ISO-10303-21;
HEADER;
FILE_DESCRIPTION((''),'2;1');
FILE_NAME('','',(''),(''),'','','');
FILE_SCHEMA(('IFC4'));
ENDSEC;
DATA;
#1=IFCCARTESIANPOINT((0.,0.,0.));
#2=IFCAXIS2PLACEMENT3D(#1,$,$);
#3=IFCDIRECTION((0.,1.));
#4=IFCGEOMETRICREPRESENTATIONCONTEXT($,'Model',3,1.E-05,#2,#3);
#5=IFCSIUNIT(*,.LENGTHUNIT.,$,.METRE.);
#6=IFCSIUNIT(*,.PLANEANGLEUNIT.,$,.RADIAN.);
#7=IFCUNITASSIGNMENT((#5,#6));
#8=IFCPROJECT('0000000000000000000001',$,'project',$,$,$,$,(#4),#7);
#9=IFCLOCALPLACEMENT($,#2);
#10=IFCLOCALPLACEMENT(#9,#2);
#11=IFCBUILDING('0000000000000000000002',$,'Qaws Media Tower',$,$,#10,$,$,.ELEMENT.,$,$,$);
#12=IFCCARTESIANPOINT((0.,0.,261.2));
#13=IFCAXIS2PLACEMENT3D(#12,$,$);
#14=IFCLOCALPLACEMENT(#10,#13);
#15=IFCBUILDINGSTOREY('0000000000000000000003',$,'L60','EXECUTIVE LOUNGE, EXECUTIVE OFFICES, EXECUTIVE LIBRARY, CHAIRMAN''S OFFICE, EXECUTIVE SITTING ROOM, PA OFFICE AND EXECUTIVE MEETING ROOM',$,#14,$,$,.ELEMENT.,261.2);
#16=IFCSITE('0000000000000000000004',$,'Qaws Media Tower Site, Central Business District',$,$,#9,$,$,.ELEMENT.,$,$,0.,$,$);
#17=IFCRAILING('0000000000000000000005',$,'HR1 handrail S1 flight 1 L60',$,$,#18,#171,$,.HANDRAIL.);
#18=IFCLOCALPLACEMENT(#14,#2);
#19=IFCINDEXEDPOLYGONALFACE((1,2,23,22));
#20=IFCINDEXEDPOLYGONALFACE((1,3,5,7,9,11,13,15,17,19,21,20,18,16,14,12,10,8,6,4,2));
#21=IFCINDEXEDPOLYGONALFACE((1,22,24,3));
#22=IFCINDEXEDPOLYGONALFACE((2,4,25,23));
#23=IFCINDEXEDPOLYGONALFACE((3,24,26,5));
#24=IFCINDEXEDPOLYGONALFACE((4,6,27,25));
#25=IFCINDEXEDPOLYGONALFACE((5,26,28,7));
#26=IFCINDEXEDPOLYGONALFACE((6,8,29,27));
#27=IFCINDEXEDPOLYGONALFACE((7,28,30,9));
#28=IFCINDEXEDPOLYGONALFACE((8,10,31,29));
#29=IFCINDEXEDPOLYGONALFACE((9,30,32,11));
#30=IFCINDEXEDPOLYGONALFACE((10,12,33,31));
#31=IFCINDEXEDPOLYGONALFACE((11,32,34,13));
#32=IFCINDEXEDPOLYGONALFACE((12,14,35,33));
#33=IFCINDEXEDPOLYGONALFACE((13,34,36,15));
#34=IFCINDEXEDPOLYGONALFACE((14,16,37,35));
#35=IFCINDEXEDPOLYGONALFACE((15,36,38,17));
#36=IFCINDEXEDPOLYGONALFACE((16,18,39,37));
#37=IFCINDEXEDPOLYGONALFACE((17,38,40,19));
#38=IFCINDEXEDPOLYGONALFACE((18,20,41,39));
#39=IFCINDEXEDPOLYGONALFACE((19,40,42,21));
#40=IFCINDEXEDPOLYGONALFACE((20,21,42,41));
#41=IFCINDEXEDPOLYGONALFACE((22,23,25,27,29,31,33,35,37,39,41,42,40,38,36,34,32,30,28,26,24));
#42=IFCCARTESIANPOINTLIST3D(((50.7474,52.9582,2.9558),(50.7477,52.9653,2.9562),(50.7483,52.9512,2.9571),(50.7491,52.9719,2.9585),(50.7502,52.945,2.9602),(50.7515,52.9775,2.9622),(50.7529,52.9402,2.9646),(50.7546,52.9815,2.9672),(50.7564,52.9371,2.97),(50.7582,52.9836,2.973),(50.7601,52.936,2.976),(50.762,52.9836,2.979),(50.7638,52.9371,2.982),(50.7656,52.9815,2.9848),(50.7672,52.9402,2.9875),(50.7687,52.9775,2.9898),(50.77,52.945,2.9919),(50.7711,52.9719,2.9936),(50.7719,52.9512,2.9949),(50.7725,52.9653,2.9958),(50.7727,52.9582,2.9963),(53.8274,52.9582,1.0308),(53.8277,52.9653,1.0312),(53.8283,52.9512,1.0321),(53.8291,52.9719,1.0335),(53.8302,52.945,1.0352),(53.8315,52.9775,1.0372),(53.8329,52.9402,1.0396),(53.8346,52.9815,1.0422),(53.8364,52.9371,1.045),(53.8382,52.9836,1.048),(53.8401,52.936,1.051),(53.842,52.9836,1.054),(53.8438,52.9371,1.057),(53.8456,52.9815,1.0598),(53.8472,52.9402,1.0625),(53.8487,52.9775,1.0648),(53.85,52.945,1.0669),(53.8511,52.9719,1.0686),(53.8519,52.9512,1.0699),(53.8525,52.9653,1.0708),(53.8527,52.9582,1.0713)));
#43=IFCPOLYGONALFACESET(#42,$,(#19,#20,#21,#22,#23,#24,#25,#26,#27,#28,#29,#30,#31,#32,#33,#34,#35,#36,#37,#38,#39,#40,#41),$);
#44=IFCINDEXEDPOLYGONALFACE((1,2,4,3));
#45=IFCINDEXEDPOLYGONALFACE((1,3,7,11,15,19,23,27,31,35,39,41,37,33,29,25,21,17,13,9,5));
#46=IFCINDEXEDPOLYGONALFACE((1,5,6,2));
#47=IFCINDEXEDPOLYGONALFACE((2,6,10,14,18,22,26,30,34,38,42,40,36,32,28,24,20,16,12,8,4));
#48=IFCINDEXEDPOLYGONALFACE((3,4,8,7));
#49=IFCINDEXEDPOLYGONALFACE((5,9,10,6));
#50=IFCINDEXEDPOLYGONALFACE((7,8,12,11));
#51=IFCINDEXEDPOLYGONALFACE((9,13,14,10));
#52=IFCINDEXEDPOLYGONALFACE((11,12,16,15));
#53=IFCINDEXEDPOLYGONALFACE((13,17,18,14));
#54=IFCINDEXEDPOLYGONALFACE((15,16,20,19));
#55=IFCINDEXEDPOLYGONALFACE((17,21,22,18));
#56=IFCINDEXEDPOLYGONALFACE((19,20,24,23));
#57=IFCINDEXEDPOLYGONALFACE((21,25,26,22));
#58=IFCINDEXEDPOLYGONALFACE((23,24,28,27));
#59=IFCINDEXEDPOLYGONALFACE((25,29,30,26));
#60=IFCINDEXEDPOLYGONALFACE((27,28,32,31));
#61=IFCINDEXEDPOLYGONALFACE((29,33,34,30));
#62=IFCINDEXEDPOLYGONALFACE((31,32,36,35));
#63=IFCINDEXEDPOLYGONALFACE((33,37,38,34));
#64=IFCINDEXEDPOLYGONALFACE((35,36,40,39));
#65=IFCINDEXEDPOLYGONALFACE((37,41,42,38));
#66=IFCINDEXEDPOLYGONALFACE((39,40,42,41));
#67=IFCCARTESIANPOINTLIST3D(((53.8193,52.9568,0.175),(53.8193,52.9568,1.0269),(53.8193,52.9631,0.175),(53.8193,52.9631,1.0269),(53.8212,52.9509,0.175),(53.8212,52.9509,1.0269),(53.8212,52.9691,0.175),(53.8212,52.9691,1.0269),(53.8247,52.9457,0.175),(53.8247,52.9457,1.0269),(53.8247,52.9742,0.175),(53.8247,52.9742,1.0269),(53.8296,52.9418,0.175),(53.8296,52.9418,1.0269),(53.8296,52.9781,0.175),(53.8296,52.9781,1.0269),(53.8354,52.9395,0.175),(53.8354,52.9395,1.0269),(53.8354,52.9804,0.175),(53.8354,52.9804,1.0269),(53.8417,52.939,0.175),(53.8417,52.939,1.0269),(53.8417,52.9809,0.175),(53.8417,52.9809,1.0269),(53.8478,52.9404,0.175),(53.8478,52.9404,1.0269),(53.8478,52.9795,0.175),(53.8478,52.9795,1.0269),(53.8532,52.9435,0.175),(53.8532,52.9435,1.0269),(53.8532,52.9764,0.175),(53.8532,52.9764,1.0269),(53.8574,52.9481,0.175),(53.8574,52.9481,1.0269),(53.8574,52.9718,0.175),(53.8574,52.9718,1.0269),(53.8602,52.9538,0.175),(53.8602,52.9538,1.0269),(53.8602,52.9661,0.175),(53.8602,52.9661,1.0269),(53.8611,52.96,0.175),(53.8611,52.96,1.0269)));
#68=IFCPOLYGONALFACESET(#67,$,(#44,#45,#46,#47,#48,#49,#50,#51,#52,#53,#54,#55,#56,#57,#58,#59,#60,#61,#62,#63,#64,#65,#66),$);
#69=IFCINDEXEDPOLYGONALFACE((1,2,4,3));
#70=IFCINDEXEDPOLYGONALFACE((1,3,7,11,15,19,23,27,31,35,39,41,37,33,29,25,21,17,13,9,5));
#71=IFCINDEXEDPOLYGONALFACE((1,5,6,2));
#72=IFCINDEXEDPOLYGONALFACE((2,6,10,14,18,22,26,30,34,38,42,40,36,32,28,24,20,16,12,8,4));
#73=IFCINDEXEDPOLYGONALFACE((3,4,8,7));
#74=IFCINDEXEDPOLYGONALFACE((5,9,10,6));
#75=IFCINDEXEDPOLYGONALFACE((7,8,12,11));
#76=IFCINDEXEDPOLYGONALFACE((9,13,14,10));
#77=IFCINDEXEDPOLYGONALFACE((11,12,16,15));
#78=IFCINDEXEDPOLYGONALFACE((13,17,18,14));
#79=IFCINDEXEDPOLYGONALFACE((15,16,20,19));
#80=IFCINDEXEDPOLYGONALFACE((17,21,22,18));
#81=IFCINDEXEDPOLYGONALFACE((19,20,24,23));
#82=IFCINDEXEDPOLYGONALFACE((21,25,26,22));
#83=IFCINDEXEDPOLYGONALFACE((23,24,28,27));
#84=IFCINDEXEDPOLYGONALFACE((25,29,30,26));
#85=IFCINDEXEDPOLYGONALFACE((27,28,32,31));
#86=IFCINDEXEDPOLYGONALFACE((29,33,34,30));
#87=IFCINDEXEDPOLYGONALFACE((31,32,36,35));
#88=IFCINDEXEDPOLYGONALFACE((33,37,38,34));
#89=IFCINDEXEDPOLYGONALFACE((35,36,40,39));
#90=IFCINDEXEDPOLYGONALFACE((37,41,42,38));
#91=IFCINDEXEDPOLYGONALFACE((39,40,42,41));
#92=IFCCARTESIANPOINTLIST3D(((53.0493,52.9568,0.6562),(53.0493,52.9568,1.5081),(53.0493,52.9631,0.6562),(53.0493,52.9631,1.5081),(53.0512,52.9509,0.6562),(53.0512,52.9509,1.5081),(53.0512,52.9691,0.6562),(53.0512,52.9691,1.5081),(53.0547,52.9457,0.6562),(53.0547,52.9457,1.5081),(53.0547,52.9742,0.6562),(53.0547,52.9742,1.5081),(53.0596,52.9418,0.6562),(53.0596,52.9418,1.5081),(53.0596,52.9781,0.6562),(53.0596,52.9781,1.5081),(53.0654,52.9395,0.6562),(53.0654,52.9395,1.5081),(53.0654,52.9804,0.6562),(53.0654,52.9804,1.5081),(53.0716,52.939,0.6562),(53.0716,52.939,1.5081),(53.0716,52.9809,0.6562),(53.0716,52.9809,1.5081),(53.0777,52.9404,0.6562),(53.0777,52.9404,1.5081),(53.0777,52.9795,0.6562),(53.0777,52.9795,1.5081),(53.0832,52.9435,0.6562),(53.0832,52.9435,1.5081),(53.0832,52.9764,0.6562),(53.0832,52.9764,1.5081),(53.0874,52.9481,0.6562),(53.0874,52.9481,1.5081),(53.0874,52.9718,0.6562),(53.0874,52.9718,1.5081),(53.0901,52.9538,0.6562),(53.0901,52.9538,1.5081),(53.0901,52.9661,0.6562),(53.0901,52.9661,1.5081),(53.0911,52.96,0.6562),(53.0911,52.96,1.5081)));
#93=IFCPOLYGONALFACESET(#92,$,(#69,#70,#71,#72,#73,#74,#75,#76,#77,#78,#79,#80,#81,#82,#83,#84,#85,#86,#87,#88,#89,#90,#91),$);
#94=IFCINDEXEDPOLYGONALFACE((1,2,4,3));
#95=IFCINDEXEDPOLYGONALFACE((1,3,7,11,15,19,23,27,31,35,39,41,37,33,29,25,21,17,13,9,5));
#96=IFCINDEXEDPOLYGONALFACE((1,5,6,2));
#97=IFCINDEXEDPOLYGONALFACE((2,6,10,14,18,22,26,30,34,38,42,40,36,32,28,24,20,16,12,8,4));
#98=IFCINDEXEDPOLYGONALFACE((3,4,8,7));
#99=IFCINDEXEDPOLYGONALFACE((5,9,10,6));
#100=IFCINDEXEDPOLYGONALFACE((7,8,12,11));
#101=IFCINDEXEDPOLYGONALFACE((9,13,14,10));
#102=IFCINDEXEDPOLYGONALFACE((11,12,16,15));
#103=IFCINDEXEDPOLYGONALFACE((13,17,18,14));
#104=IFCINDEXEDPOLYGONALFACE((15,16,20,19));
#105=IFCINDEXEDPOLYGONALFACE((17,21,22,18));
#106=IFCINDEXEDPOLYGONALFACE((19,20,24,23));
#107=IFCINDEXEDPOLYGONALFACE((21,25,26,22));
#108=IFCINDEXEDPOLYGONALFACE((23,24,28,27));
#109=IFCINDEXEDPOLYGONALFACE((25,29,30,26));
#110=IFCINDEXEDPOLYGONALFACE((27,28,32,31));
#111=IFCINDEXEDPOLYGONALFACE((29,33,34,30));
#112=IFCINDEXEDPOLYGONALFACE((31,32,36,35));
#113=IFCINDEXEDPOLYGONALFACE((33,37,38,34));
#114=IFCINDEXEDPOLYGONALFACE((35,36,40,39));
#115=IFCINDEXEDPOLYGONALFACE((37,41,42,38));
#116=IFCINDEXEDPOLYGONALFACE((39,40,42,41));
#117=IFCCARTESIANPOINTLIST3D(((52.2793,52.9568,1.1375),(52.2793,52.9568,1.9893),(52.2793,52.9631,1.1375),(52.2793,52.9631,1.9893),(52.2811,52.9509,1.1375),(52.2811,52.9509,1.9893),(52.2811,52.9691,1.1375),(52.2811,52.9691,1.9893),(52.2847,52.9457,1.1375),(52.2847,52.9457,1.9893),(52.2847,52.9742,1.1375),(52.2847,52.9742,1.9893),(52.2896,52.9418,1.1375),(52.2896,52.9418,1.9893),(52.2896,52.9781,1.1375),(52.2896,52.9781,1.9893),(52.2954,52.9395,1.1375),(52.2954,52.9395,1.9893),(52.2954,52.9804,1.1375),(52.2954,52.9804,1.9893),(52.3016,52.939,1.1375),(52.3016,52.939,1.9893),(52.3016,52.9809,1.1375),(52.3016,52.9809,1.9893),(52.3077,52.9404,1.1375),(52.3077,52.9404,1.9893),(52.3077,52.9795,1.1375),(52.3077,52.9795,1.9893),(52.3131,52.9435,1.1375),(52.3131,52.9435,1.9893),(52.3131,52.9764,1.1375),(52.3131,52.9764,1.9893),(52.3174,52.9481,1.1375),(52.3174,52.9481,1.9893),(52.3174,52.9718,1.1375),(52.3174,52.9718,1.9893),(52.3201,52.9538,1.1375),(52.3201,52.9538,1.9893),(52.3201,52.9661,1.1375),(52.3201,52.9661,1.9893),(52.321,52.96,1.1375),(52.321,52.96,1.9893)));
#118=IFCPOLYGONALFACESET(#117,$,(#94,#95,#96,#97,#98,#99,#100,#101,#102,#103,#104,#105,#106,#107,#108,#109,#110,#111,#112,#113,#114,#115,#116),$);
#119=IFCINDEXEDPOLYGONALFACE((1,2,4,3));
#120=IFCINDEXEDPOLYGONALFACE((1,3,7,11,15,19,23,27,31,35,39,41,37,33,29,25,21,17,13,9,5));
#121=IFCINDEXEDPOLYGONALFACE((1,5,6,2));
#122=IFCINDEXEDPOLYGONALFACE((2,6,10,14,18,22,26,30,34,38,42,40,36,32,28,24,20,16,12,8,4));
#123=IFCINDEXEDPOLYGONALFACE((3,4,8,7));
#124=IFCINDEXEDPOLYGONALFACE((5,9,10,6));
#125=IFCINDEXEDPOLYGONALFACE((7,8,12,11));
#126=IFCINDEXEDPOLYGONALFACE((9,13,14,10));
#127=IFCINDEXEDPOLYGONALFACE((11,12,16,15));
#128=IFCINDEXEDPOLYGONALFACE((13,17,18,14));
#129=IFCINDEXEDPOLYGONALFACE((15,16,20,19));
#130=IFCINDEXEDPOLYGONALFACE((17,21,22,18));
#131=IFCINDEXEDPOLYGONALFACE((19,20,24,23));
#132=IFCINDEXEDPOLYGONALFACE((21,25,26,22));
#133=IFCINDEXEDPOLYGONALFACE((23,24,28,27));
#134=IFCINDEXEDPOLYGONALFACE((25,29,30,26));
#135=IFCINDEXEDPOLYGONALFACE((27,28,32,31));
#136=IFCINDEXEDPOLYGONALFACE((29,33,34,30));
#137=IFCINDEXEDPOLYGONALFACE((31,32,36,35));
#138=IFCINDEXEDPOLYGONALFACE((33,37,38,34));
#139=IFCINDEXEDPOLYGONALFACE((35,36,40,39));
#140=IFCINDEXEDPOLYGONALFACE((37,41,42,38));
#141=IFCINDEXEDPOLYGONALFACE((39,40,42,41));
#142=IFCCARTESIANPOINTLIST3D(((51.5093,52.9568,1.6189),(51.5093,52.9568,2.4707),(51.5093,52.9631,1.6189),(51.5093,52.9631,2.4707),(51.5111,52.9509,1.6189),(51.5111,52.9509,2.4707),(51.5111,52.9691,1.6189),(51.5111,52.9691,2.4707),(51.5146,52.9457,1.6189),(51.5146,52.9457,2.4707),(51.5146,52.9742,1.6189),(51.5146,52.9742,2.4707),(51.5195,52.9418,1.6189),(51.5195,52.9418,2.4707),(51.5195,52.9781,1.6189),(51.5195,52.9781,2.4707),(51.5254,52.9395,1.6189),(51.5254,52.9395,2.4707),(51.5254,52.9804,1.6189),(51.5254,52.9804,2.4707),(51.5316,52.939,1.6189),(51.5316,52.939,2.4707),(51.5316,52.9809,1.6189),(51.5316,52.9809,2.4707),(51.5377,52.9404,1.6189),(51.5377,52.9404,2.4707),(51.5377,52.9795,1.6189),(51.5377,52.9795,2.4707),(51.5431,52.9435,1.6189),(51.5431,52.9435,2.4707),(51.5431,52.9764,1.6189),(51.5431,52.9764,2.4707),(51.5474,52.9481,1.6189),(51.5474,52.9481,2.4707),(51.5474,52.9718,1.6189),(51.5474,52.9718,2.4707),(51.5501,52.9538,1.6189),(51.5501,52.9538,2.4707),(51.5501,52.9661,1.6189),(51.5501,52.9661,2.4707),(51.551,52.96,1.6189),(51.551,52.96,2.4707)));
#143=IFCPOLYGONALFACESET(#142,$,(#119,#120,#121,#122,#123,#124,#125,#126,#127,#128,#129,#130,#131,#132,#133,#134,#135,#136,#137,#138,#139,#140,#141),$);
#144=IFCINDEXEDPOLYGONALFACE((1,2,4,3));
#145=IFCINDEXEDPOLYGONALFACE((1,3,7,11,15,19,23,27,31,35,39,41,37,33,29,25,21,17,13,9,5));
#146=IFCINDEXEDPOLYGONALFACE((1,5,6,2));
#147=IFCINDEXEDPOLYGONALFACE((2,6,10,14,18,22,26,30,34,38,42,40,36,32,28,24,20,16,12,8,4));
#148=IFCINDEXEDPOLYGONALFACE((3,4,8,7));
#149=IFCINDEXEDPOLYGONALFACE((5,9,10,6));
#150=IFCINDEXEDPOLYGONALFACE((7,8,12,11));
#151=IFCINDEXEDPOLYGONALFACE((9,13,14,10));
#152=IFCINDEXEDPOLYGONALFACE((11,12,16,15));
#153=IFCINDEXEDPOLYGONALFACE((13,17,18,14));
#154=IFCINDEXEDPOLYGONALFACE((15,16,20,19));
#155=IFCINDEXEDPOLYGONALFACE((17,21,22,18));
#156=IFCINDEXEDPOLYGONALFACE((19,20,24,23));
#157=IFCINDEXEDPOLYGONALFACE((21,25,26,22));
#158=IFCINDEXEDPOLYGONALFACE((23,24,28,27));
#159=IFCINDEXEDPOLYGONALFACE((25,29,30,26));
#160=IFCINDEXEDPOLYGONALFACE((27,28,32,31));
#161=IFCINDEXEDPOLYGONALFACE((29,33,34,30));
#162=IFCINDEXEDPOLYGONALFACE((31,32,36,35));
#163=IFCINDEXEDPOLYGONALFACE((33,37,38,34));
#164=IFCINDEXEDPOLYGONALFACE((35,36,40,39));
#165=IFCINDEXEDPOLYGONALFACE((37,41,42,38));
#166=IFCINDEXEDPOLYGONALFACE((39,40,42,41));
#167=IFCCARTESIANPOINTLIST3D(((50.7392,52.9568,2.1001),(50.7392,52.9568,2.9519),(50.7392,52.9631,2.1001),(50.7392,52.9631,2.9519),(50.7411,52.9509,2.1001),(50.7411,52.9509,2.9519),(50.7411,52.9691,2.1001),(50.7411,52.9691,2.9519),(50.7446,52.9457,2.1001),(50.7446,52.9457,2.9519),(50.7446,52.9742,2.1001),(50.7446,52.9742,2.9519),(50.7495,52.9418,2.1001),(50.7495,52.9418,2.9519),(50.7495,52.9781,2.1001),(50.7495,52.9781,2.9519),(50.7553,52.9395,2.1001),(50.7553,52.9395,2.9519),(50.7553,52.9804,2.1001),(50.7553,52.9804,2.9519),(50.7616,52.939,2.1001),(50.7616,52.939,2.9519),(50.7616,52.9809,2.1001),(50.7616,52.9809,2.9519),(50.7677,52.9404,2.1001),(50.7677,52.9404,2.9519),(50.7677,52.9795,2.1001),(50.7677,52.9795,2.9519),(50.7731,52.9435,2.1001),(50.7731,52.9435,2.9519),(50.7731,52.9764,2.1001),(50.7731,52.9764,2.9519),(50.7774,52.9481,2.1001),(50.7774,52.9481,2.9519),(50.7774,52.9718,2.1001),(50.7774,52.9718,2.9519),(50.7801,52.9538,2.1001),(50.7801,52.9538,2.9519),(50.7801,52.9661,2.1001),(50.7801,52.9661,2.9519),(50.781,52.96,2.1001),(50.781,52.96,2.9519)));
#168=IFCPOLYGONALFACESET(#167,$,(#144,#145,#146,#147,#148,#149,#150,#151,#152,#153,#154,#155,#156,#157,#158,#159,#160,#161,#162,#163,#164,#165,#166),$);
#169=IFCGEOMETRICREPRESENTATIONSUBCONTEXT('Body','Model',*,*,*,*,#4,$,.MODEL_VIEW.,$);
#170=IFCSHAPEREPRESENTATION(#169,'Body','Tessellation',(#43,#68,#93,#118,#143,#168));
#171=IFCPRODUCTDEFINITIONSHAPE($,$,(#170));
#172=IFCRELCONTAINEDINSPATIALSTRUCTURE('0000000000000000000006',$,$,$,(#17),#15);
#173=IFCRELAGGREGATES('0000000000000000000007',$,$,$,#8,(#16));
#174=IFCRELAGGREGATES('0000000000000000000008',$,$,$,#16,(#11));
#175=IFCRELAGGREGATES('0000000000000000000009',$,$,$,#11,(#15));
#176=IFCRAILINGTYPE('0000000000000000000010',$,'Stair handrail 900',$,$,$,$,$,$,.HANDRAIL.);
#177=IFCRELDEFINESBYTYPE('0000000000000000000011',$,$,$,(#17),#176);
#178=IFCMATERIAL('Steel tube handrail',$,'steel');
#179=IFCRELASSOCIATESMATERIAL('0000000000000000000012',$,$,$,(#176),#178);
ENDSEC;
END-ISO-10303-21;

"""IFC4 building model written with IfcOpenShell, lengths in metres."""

from ifc_helpers import new_model, si_unit, direction, frame, origin, origin_2d, place, context, subcontext, project, spatial, circle, extrude, material, type_object, element, save


model = new_model("IFC4")

# Units and contexts
model_context = context("Model", 3, precision=1e-05, world=origin(), true_north=direction((0.0, 1.0)))
body_context = subcontext(model_context, "Body", "Model", "MODEL_VIEW")
ifc_project = project(units=[si_unit("LENGTHUNIT", "METRE"), si_unit("PLANEANGLEUNIT", "RADIAN")], contexts=[model_context])

# Site, building, storey
site_placement = place(None, origin())
site = spatial("IfcSite", under=ifc_project, at=site_placement, Name="Qaws Media Tower Site, Central Business District", CompositionType="ELEMENT", RefElevation=0.0)
building_placement = place(site_placement, origin())
building = spatial("IfcBuilding", under=site, at=building_placement, Name="Qaws Media Tower", CompositionType="ELEMENT")
storey_placement = place(building_placement, frame((0.0, 0.0, 261.2)))
storey = spatial("IfcBuildingStorey", under=building, at=storey_placement, Name="L60", Description="EXECUTIVE LOUNGE, EXECUTIVE OFFICES, EXECUTIVE LIBRARY, CHAIRMAN'S OFFICE, EXECUTIVE SITTING ROOM, PA OFFICE AND EXECUTIVE MEETING ROOM", CompositionType="ELEMENT", Elevation=261.2)

# Railing
ifc_material_1 = material(Name="Steel tube handrail", Category="steel")
railing_type = type_object("IfcRailingType", Name="Stair handrail 900", PredefinedType="HANDRAIL", material=ifc_material_1)
for number, where, name in (
    (1, (53.8401, 52.96, 0.175), "HR1 handrail S1 flight 1 L60"),
):
    element("IfcRailing", number, at=place(storey_placement, frame(where)), inside=storey, type_object=railing_type, Name=name, PredefinedType="HANDRAIL", context=body_context, shape_type="SweptSolid", body=[
        extrude(circle(Radius=0.0239, at=origin_2d()), frame((0.0, 0.0, 0.876), z_axis=(-0.847998, 0.0, 0.529999), x_axis=(0.0, -1.0, 0.0)), (0.0, 0.0, 1.0), 3.6321),
        extrude(circle(Radius=0.021, at=origin_2d()), origin(), (0.0, 0.0, 1.0), 0.8518),
        extrude(circle(Radius=0.021, at=origin_2d()), frame((-0.77, 0.0, 0.4812)), (0.0, 0.0, 1.0), 0.8518),
        extrude(circle(Radius=0.021, at=origin_2d()), frame((-1.54, 0.0, 0.9624)), (0.0, 0.0, 1.0), 0.8518),
        extrude(circle(Radius=0.021, at=origin_2d()), frame((-2.3101, 0.0, 1.4438)), (0.0, 0.0, 1.0), 0.8518),
        extrude(circle(Radius=0.021, at=origin_2d()), frame((-3.0801, 0.0, 1.925)), (0.0, 0.0, 1.0), 0.8518),
    ])

save(model, "model.ifc")
